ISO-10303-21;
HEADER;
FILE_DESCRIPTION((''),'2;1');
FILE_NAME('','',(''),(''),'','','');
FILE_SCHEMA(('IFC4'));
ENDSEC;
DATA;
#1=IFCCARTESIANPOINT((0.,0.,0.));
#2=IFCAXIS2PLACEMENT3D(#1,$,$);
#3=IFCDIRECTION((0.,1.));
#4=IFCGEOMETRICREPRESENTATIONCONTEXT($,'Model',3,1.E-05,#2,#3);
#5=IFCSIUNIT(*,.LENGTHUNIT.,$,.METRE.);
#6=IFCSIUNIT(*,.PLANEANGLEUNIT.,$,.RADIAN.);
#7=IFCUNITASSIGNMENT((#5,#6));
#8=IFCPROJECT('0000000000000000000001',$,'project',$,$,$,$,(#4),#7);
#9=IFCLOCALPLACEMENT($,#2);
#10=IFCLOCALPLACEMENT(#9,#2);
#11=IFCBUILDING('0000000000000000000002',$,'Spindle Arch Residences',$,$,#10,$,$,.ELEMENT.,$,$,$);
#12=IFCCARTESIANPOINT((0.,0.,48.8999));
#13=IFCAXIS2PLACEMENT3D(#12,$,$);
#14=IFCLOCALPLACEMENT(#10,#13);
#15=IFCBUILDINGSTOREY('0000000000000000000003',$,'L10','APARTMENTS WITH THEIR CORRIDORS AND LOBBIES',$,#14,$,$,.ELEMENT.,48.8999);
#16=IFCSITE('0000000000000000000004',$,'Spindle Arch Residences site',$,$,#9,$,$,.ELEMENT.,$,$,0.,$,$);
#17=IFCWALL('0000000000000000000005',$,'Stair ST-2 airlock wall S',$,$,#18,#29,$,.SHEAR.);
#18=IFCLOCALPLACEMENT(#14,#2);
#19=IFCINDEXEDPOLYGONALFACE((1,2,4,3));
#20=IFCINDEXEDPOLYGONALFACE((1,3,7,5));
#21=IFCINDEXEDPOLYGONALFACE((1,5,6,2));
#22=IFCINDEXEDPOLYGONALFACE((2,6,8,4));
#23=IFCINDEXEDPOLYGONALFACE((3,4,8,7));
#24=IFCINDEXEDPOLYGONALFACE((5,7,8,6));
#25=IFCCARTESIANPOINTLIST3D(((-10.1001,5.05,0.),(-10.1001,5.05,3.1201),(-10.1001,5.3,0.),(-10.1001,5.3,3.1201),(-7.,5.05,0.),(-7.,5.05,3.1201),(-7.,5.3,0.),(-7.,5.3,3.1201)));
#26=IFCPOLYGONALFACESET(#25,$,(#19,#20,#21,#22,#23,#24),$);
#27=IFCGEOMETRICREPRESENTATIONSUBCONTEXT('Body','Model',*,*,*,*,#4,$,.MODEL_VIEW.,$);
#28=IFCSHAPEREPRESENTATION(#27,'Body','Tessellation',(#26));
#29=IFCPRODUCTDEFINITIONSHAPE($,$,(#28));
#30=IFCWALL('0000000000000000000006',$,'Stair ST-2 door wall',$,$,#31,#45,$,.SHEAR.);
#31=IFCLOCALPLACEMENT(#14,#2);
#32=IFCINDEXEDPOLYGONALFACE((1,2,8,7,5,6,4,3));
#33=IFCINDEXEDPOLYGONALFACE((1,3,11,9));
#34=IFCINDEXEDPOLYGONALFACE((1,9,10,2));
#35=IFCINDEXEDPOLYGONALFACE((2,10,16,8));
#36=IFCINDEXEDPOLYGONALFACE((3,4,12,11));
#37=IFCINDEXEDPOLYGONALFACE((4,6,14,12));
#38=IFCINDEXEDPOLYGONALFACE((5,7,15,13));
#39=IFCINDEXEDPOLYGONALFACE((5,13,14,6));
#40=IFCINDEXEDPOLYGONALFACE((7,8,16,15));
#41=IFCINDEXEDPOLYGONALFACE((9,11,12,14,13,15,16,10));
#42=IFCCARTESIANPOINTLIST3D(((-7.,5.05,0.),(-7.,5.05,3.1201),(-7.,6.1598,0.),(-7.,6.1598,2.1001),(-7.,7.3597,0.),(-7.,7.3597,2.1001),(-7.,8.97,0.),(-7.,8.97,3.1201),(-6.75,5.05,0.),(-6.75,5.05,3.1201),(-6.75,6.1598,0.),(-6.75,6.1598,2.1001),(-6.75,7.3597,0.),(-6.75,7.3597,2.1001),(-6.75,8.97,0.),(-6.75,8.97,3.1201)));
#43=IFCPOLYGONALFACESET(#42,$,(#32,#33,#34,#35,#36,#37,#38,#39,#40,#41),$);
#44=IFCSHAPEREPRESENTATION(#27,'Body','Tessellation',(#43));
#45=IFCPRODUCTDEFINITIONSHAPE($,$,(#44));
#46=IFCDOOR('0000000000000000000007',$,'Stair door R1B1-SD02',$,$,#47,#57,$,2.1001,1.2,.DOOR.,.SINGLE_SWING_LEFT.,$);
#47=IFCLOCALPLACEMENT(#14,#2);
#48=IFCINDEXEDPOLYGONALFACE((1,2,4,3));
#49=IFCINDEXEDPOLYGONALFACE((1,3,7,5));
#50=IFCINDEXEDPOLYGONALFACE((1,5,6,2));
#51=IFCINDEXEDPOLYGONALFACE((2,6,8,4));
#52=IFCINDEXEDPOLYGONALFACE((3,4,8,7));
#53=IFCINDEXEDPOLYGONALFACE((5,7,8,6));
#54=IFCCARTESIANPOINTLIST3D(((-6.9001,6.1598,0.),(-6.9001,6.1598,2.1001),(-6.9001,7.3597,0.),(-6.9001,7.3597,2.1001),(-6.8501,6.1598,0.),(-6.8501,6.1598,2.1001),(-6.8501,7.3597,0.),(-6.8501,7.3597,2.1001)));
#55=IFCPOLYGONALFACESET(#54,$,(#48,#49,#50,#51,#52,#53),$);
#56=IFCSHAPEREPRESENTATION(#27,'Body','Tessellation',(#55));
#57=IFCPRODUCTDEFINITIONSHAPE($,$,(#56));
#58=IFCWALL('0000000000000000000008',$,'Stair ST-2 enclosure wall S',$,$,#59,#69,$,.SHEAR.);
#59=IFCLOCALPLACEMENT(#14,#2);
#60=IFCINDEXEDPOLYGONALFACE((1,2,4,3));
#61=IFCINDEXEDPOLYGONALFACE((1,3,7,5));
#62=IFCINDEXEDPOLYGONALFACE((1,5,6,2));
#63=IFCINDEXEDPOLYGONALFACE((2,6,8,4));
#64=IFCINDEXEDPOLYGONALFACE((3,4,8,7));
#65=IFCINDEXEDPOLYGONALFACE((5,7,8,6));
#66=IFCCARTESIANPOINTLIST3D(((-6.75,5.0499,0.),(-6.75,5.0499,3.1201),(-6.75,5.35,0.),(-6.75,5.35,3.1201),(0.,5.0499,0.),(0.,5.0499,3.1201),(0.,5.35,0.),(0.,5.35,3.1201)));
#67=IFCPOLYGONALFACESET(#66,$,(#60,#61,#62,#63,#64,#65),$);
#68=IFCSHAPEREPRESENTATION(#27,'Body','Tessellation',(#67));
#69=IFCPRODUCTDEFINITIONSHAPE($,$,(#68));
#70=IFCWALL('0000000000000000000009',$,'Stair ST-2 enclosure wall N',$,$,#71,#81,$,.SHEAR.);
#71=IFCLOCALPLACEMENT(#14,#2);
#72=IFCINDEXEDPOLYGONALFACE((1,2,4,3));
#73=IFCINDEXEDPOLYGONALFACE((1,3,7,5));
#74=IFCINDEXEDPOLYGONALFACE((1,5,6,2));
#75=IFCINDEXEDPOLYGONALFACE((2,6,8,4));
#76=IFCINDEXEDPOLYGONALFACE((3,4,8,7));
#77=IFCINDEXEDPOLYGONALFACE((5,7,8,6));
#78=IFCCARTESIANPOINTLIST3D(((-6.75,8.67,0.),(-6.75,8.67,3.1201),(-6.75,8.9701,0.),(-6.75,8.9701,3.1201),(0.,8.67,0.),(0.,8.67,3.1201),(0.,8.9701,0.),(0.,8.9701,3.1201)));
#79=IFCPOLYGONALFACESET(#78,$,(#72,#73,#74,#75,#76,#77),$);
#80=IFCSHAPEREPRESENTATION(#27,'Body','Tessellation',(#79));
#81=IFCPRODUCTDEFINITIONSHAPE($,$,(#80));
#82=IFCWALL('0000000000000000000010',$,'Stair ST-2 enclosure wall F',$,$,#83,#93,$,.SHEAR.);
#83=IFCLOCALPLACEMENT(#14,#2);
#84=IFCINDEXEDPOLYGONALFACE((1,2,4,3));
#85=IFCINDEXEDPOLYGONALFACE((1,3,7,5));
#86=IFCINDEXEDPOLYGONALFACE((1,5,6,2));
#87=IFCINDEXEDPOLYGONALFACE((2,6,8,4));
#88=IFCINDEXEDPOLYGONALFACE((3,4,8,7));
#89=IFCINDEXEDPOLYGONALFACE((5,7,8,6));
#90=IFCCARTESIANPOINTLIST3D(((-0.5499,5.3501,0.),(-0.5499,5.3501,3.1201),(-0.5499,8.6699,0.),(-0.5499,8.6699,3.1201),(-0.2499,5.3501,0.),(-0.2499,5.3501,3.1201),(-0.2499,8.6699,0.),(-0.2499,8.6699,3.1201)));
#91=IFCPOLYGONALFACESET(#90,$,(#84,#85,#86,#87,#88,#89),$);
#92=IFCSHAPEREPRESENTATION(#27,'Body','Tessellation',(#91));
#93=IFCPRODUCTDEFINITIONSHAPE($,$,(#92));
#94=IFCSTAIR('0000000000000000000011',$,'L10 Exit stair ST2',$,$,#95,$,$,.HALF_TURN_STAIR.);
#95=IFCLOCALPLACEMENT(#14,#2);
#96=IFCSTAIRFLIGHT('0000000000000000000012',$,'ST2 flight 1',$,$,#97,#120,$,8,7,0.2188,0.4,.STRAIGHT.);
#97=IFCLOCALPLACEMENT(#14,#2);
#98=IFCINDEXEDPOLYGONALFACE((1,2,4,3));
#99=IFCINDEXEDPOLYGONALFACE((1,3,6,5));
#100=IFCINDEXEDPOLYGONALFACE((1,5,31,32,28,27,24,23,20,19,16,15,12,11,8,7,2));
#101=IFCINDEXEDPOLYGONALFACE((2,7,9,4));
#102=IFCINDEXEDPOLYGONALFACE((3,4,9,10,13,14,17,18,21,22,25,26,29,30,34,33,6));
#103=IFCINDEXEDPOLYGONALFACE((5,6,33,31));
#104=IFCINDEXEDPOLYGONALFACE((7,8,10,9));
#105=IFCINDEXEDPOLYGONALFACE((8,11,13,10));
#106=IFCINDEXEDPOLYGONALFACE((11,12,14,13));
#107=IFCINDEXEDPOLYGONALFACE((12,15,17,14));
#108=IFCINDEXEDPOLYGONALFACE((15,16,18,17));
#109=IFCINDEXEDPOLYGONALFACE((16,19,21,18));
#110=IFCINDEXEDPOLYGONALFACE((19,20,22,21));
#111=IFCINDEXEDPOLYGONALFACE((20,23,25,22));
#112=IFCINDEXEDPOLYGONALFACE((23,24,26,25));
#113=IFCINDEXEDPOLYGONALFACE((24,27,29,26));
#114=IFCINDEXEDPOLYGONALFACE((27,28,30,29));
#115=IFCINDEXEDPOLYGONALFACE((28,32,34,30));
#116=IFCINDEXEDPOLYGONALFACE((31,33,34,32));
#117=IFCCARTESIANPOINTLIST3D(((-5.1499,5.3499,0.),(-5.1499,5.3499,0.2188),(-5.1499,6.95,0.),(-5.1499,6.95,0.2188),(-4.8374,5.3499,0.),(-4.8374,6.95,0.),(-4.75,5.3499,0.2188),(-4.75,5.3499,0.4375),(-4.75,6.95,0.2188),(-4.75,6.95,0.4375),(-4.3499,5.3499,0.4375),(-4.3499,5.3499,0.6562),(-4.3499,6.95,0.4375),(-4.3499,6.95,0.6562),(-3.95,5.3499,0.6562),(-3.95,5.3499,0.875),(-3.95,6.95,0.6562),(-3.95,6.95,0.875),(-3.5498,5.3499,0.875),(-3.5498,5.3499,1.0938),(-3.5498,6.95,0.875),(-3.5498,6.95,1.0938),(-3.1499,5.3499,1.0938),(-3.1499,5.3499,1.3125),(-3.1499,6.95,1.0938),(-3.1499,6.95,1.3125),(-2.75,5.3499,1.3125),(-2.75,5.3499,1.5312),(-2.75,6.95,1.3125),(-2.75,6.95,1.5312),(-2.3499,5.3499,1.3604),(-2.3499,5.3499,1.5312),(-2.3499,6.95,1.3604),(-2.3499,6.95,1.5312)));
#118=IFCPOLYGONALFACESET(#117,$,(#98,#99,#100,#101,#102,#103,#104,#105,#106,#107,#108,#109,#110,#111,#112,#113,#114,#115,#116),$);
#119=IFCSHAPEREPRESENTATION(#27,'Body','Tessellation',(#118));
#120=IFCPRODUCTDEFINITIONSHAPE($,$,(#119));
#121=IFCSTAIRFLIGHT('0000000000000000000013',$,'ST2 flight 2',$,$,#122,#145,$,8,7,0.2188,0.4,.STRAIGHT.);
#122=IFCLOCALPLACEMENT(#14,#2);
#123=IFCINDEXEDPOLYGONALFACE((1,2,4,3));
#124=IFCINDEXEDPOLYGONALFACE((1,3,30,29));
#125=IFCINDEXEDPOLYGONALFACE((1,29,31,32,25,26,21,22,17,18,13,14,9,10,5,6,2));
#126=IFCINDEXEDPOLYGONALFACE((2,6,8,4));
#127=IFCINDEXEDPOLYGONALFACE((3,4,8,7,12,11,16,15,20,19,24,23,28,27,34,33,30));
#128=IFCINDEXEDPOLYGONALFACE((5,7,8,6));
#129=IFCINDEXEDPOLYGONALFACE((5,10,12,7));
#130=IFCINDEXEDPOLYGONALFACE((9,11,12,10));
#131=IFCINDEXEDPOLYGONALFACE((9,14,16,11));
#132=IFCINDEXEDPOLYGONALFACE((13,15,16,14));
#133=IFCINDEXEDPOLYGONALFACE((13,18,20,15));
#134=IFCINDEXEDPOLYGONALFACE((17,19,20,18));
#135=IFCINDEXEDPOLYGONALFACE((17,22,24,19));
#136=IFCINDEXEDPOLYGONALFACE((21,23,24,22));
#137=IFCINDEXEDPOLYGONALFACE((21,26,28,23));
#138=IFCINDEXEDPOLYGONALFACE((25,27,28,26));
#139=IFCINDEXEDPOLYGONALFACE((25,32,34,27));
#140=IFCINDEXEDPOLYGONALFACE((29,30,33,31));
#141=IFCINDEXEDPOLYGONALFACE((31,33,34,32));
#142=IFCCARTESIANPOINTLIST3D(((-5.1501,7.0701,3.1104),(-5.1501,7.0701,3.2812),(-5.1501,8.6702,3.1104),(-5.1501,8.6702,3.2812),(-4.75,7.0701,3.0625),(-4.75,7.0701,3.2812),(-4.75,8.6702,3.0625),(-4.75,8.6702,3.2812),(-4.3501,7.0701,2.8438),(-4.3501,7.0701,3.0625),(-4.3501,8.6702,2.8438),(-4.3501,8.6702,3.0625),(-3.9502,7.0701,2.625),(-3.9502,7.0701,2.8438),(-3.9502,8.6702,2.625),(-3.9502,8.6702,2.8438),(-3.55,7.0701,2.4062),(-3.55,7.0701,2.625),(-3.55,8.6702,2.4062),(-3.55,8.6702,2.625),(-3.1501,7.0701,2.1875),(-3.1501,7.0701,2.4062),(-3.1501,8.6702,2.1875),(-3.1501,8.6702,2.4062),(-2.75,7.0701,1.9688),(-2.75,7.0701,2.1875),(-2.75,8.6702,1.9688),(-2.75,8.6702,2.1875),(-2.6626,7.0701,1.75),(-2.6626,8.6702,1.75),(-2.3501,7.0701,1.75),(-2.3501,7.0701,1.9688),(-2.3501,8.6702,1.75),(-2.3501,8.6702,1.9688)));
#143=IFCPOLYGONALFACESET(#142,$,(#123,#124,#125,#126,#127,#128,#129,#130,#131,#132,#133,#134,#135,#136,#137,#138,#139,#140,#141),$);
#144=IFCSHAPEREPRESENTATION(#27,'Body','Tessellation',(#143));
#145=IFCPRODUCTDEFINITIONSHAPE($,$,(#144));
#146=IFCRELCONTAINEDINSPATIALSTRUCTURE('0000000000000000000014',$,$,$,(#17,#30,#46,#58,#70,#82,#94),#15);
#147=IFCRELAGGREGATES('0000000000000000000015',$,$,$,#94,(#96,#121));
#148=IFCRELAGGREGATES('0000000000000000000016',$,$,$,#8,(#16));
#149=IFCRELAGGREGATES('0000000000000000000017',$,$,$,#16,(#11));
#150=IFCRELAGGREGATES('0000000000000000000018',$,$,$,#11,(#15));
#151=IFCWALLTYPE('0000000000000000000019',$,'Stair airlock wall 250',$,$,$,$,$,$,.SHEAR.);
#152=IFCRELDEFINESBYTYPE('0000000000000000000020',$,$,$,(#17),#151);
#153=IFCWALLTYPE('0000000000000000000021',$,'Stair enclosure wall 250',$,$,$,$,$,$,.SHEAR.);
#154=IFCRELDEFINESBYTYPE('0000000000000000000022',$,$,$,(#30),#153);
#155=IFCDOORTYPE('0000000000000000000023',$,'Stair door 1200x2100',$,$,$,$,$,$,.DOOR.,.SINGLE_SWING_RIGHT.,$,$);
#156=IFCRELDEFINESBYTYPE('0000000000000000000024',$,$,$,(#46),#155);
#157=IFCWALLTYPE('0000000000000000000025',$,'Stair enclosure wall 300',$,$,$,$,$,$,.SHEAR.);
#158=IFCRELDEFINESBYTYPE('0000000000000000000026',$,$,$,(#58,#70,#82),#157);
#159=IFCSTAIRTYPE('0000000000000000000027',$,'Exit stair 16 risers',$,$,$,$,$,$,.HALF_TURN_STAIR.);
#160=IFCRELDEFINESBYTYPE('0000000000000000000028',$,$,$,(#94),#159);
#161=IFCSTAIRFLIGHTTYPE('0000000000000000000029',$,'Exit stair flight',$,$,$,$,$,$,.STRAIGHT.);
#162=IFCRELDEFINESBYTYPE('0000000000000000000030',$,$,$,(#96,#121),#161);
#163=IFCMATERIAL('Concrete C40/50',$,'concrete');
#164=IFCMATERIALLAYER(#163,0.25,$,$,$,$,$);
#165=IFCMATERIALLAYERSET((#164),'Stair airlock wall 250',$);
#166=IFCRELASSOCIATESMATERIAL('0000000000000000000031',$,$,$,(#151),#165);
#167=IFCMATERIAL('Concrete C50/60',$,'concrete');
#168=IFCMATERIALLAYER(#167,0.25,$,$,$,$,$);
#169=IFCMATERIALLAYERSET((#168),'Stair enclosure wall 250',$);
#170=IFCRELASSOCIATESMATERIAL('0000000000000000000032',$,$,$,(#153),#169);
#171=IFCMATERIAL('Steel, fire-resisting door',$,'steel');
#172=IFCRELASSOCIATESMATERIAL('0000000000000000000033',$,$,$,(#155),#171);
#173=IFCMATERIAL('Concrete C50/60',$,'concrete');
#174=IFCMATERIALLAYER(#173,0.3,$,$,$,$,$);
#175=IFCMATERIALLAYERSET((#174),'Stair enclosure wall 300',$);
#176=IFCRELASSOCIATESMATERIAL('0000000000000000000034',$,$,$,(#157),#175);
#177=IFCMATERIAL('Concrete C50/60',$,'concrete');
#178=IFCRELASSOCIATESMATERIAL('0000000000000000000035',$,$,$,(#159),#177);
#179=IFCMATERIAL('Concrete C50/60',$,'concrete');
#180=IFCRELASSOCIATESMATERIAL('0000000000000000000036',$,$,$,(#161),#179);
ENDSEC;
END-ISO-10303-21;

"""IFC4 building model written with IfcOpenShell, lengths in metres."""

from ifc_helpers import new_model, si_unit, direction, frame, frame_2d, origin, place, context, subcontext, project, spatial, polyline, rectangle, outline, extrude, material, layer, layer_set, type_object, element, fill, aggregate, save


model = new_model("IFC4")

# Units and contexts
model_context = context("Model", 3, precision=1e-05, world=origin(), true_north=direction((0.0, 1.0)))
body_context = subcontext(model_context, "Body", "Model", "MODEL_VIEW")
ifc_project = project(units=[si_unit("LENGTHUNIT", "METRE"), si_unit("PLANEANGLEUNIT", "RADIAN")], contexts=[model_context])

# Site, building, storey
site_placement = place(None, origin())
site = spatial("IfcSite", under=ifc_project, at=site_placement, Name="Spindle Arch Residences site", CompositionType="ELEMENT", RefElevation=0.0)
building_placement = place(site_placement, origin())
building = spatial("IfcBuilding", under=site, at=building_placement, Name="Spindle Arch Residences", CompositionType="ELEMENT")
storey_placement = place(building_placement, frame((0.0, 0.0, 48.8999)))
storey = spatial("IfcBuildingStorey", under=building, at=storey_placement, Name="L10", Description="APARTMENTS WITH THEIR CORRIDORS AND LOBBIES", CompositionType="ELEMENT", Elevation=48.8999)

# Wall
ifc_material_1 = material(Name="Concrete C40/50", Category="concrete")
ifc_layer_1 = layer(ifc_material_1, 0.25)
ifc_layer_set_1 = layer_set([ifc_layer_1], Name="Stair airlock wall 250")
wall_type_1 = type_object("IfcWallType", Name="Stair airlock wall 250", PredefinedType="SHEAR", material=ifc_layer_set_1)
wall_1_placement = place(storey_placement, frame((-7.0, 5.175, 0.0), z_axis=(0.0, 0.0, 1.0), x_axis=(-1.0, 0.0, 0.0)))
element("IfcWall", 1, at=wall_1_placement, inside=storey, type_object=wall_type_1, Name="Stair ST-2 airlock wall S", PredefinedType="SHEAR", context=body_context, shape_type="SweptSolid", body=[
    extrude(rectangle(XDim=3.1001, YDim=0.25, at=frame_2d((1.55, 0.0))), origin(), (0.0, 0.0, 1.0), 3.1201),
])

# Wall, opening, door
ifc_material_2 = material(Name="Concrete C50/60", Category="concrete")
ifc_layer_2 = layer(ifc_material_2, 0.25)
ifc_layer_set_2 = layer_set([ifc_layer_2], Name="Stair enclosure wall 250")
wall_type_2 = type_object("IfcWallType", Name="Stair enclosure wall 250", PredefinedType="SHEAR", material=ifc_layer_set_2)
wall_2_placement = place(storey_placement, frame((-6.875, 8.97, 0.0), z_axis=(0.0, 0.0, 1.0), x_axis=(0.0, -1.0, 0.0)))
wall_2 = element("IfcWall", 2, at=wall_2_placement, inside=storey, type_object=wall_type_2, Name="Stair ST-2 door wall", PredefinedType="SHEAR", context=body_context, shape_type="SweptSolid", body=[
    extrude(rectangle(XDim=3.9199, YDim=0.25, at=frame_2d((1.96, 0.0))), origin(), (0.0, 0.0, 1.0), 3.1201),
])
opening_1_placement = place(wall_2_placement, frame((1.6101, 0.0, 0.0)))
opening_1 = element("IfcOpeningElement", 3, at=opening_1_placement, cuts=wall_2, PredefinedType="OPENING", context=body_context, shape_type="SweptSolid", body=[
    extrude(rectangle(XDim=1.2, YDim=2.1001, at=frame_2d((0.6001, 1.05))), frame((0.0, 0.135, 0.0), z_axis=(0.0, -1.0, 0.0), x_axis=(1.0, 0.0, 0.0)), (0.0, 0.0, 1.0), 0.27),
])
ifc_material_3 = material(Name="Steel, fire-resisting door", Category="steel")
door_type_1 = type_object("IfcDoorType", Name="Stair door 1200x2100", OperationType="SINGLE_SWING_RIGHT", PredefinedType="DOOR", material=ifc_material_3)
door_1_placement = place(opening_1_placement, origin())
door_1 = element("IfcDoor", 4, at=door_1_placement, inside=storey, type_object=door_type_1, Name="Stair door R1B1-SD02", OperationType="SINGLE_SWING_LEFT", OverallHeight=2.1001, OverallWidth=1.2, PredefinedType="DOOR", context=body_context, shape_type="SweptSolid", body=[
    extrude(rectangle(XDim=1.2, YDim=2.1001, at=frame_2d((0.6001, 1.05))), frame((0.0, 0.0249, 0.0), z_axis=(0.0, -1.0, 0.0), x_axis=(1.0, 0.0, 0.0)), (0.0, 0.0, 1.0), 0.05),
])
fill(opening_1, door_1)

# Walls
ifc_material_4 = material(Name="Concrete C50/60", Category="concrete")
ifc_layer_3 = layer(ifc_material_4, 0.3)
ifc_layer_set_3 = layer_set([ifc_layer_3], Name="Stair enclosure wall 300")
wall_type_3 = type_object("IfcWallType", Name="Stair enclosure wall 300", PredefinedType="SHEAR", material=ifc_layer_set_3)
for number, where, z_axis, x_axis, name in (
    (5, (-6.75, 5.2, 0.0), (0.0, 0.0, 1.0), (1.0, 0.0, 0.0), "Stair ST-2 enclosure wall S"),
    (6, (-6.75, 8.8201, 0.0), (0.0, 0.0, 1.0), (1.0, 0.0, 0.0), "Stair ST-2 enclosure wall N"),
):
    element("IfcWall", number, at=place(storey_placement, frame(where, z_axis=z_axis, x_axis=x_axis)), inside=storey, type_object=wall_type_3, Name=name, PredefinedType="SHEAR", context=body_context, shape_type="SweptSolid", body=[
        extrude(rectangle(XDim=6.75, YDim=0.3, at=frame_2d((3.375, 0.0))), origin(), (0.0, 0.0, 1.0), 3.1201),
    ])
wall_3_placement = place(storey_placement, frame((-0.3999, 5.3501, 0.0), z_axis=(0.0, 0.0, 1.0), x_axis=(0.0, 1.0, 0.0)))
element("IfcWall", 7, at=wall_3_placement, inside=storey, type_object=wall_type_3, Name="Stair ST-2 enclosure wall F", PredefinedType="SHEAR", context=body_context, shape_type="SweptSolid", body=[
    extrude(rectangle(XDim=3.3198, YDim=0.3, at=frame_2d((1.6599, 0.0))), origin(), (0.0, 0.0, 1.0), 3.1201),
])

# Stair, stair flights
ifc_material_5 = material(Name="Concrete C50/60", Category="concrete")
stair_type = type_object("IfcStairType", Name="Exit stair 16 risers", PredefinedType="HALF_TURN_STAIR", material=ifc_material_5)
stair_placement = place(storey_placement, origin())
stair = element("IfcStair", 8, at=stair_placement, inside=storey, type_object=stair_type, Name="L10 Exit stair ST2", PredefinedType="HALF_TURN_STAIR")
ifc_material_6 = material(Name="Concrete C50/60", Category="concrete")
stair_flight_type = type_object("IfcStairFlightType", Name="Exit stair flight", PredefinedType="STRAIGHT", material=ifc_material_6)
stair_flight_1_placement = place(storey_placement, frame((-5.1499, 6.1499, 0.0), z_axis=(0.0, 0.0, 1.0), x_axis=(1.0, 0.0, 0.0)))
stair_flight_1 = element("IfcStairFlight", 9, at=stair_flight_1_placement, type_object=stair_flight_type, Name="ST2 flight 1", NumberOfRisers=8, NumberOfTreads=7, PredefinedType="STRAIGHT", RiserHeight=0.2188, TreadLength=0.4, context=body_context, shape_type="SweptSolid", body=[
    extrude(outline(polyline([(0.0, 0.0), (0.0, 0.2188), (0.3999, 0.2188), (0.3999, 0.4375), (0.8, 0.4375), (0.8, 0.6562), (1.2, 0.6562), (1.2, 0.875), (1.6001, 0.875), (1.6001, 1.0938), (2.0, 1.0938), (2.0, 1.3125), (2.3999, 1.3125), (2.3999, 1.5312), (2.8, 1.5312), (2.8, 1.75), (2.8, 1.3604), (0.3125, 0.0), (0.0, 0.0)])), frame((0.0, 0.8, 0.0), z_axis=(0.0, -1.0, 0.0), x_axis=(1.0, 0.0, 0.0)), (0.0, 0.0, 1.0), 1.6001),
])
stair_flight_2_placement = place(storey_placement, frame((-2.3501, 7.8701, 1.75), z_axis=(0.0, 0.0, 1.0), x_axis=(-1.0, 0.0, 0.0)))
stair_flight_2 = element("IfcStairFlight", 10, at=stair_flight_2_placement, type_object=stair_flight_type, Name="ST2 flight 2", NumberOfRisers=8, NumberOfTreads=7, PredefinedType="STRAIGHT", RiserHeight=0.2188, TreadLength=0.4, context=body_context, shape_type="SweptSolid", body=[
    extrude(outline(polyline([(0.0, 0.0), (0.0, 0.2188), (0.3999, 0.2188), (0.3999, 0.4375), (0.8, 0.4375), (0.8, 0.6562), (1.2, 0.6562), (1.2, 0.875), (1.6001, 0.875), (1.6001, 1.0938), (2.0, 1.0938), (2.0, 1.3125), (2.3999, 1.3125), (2.3999, 1.5312), (2.8, 1.5312), (2.8, 1.75), (2.8, 1.3604), (0.3125, 0.0), (0.0, 0.0)])), frame((0.0, 0.8, 0.0), z_axis=(0.0, -1.0, 0.0), x_axis=(1.0, 0.0, 0.0)), (0.0, 0.0, 1.0), 1.6001),
])
aggregate(stair, [stair_flight_1, stair_flight_2])

save(model, "model.ifc")
